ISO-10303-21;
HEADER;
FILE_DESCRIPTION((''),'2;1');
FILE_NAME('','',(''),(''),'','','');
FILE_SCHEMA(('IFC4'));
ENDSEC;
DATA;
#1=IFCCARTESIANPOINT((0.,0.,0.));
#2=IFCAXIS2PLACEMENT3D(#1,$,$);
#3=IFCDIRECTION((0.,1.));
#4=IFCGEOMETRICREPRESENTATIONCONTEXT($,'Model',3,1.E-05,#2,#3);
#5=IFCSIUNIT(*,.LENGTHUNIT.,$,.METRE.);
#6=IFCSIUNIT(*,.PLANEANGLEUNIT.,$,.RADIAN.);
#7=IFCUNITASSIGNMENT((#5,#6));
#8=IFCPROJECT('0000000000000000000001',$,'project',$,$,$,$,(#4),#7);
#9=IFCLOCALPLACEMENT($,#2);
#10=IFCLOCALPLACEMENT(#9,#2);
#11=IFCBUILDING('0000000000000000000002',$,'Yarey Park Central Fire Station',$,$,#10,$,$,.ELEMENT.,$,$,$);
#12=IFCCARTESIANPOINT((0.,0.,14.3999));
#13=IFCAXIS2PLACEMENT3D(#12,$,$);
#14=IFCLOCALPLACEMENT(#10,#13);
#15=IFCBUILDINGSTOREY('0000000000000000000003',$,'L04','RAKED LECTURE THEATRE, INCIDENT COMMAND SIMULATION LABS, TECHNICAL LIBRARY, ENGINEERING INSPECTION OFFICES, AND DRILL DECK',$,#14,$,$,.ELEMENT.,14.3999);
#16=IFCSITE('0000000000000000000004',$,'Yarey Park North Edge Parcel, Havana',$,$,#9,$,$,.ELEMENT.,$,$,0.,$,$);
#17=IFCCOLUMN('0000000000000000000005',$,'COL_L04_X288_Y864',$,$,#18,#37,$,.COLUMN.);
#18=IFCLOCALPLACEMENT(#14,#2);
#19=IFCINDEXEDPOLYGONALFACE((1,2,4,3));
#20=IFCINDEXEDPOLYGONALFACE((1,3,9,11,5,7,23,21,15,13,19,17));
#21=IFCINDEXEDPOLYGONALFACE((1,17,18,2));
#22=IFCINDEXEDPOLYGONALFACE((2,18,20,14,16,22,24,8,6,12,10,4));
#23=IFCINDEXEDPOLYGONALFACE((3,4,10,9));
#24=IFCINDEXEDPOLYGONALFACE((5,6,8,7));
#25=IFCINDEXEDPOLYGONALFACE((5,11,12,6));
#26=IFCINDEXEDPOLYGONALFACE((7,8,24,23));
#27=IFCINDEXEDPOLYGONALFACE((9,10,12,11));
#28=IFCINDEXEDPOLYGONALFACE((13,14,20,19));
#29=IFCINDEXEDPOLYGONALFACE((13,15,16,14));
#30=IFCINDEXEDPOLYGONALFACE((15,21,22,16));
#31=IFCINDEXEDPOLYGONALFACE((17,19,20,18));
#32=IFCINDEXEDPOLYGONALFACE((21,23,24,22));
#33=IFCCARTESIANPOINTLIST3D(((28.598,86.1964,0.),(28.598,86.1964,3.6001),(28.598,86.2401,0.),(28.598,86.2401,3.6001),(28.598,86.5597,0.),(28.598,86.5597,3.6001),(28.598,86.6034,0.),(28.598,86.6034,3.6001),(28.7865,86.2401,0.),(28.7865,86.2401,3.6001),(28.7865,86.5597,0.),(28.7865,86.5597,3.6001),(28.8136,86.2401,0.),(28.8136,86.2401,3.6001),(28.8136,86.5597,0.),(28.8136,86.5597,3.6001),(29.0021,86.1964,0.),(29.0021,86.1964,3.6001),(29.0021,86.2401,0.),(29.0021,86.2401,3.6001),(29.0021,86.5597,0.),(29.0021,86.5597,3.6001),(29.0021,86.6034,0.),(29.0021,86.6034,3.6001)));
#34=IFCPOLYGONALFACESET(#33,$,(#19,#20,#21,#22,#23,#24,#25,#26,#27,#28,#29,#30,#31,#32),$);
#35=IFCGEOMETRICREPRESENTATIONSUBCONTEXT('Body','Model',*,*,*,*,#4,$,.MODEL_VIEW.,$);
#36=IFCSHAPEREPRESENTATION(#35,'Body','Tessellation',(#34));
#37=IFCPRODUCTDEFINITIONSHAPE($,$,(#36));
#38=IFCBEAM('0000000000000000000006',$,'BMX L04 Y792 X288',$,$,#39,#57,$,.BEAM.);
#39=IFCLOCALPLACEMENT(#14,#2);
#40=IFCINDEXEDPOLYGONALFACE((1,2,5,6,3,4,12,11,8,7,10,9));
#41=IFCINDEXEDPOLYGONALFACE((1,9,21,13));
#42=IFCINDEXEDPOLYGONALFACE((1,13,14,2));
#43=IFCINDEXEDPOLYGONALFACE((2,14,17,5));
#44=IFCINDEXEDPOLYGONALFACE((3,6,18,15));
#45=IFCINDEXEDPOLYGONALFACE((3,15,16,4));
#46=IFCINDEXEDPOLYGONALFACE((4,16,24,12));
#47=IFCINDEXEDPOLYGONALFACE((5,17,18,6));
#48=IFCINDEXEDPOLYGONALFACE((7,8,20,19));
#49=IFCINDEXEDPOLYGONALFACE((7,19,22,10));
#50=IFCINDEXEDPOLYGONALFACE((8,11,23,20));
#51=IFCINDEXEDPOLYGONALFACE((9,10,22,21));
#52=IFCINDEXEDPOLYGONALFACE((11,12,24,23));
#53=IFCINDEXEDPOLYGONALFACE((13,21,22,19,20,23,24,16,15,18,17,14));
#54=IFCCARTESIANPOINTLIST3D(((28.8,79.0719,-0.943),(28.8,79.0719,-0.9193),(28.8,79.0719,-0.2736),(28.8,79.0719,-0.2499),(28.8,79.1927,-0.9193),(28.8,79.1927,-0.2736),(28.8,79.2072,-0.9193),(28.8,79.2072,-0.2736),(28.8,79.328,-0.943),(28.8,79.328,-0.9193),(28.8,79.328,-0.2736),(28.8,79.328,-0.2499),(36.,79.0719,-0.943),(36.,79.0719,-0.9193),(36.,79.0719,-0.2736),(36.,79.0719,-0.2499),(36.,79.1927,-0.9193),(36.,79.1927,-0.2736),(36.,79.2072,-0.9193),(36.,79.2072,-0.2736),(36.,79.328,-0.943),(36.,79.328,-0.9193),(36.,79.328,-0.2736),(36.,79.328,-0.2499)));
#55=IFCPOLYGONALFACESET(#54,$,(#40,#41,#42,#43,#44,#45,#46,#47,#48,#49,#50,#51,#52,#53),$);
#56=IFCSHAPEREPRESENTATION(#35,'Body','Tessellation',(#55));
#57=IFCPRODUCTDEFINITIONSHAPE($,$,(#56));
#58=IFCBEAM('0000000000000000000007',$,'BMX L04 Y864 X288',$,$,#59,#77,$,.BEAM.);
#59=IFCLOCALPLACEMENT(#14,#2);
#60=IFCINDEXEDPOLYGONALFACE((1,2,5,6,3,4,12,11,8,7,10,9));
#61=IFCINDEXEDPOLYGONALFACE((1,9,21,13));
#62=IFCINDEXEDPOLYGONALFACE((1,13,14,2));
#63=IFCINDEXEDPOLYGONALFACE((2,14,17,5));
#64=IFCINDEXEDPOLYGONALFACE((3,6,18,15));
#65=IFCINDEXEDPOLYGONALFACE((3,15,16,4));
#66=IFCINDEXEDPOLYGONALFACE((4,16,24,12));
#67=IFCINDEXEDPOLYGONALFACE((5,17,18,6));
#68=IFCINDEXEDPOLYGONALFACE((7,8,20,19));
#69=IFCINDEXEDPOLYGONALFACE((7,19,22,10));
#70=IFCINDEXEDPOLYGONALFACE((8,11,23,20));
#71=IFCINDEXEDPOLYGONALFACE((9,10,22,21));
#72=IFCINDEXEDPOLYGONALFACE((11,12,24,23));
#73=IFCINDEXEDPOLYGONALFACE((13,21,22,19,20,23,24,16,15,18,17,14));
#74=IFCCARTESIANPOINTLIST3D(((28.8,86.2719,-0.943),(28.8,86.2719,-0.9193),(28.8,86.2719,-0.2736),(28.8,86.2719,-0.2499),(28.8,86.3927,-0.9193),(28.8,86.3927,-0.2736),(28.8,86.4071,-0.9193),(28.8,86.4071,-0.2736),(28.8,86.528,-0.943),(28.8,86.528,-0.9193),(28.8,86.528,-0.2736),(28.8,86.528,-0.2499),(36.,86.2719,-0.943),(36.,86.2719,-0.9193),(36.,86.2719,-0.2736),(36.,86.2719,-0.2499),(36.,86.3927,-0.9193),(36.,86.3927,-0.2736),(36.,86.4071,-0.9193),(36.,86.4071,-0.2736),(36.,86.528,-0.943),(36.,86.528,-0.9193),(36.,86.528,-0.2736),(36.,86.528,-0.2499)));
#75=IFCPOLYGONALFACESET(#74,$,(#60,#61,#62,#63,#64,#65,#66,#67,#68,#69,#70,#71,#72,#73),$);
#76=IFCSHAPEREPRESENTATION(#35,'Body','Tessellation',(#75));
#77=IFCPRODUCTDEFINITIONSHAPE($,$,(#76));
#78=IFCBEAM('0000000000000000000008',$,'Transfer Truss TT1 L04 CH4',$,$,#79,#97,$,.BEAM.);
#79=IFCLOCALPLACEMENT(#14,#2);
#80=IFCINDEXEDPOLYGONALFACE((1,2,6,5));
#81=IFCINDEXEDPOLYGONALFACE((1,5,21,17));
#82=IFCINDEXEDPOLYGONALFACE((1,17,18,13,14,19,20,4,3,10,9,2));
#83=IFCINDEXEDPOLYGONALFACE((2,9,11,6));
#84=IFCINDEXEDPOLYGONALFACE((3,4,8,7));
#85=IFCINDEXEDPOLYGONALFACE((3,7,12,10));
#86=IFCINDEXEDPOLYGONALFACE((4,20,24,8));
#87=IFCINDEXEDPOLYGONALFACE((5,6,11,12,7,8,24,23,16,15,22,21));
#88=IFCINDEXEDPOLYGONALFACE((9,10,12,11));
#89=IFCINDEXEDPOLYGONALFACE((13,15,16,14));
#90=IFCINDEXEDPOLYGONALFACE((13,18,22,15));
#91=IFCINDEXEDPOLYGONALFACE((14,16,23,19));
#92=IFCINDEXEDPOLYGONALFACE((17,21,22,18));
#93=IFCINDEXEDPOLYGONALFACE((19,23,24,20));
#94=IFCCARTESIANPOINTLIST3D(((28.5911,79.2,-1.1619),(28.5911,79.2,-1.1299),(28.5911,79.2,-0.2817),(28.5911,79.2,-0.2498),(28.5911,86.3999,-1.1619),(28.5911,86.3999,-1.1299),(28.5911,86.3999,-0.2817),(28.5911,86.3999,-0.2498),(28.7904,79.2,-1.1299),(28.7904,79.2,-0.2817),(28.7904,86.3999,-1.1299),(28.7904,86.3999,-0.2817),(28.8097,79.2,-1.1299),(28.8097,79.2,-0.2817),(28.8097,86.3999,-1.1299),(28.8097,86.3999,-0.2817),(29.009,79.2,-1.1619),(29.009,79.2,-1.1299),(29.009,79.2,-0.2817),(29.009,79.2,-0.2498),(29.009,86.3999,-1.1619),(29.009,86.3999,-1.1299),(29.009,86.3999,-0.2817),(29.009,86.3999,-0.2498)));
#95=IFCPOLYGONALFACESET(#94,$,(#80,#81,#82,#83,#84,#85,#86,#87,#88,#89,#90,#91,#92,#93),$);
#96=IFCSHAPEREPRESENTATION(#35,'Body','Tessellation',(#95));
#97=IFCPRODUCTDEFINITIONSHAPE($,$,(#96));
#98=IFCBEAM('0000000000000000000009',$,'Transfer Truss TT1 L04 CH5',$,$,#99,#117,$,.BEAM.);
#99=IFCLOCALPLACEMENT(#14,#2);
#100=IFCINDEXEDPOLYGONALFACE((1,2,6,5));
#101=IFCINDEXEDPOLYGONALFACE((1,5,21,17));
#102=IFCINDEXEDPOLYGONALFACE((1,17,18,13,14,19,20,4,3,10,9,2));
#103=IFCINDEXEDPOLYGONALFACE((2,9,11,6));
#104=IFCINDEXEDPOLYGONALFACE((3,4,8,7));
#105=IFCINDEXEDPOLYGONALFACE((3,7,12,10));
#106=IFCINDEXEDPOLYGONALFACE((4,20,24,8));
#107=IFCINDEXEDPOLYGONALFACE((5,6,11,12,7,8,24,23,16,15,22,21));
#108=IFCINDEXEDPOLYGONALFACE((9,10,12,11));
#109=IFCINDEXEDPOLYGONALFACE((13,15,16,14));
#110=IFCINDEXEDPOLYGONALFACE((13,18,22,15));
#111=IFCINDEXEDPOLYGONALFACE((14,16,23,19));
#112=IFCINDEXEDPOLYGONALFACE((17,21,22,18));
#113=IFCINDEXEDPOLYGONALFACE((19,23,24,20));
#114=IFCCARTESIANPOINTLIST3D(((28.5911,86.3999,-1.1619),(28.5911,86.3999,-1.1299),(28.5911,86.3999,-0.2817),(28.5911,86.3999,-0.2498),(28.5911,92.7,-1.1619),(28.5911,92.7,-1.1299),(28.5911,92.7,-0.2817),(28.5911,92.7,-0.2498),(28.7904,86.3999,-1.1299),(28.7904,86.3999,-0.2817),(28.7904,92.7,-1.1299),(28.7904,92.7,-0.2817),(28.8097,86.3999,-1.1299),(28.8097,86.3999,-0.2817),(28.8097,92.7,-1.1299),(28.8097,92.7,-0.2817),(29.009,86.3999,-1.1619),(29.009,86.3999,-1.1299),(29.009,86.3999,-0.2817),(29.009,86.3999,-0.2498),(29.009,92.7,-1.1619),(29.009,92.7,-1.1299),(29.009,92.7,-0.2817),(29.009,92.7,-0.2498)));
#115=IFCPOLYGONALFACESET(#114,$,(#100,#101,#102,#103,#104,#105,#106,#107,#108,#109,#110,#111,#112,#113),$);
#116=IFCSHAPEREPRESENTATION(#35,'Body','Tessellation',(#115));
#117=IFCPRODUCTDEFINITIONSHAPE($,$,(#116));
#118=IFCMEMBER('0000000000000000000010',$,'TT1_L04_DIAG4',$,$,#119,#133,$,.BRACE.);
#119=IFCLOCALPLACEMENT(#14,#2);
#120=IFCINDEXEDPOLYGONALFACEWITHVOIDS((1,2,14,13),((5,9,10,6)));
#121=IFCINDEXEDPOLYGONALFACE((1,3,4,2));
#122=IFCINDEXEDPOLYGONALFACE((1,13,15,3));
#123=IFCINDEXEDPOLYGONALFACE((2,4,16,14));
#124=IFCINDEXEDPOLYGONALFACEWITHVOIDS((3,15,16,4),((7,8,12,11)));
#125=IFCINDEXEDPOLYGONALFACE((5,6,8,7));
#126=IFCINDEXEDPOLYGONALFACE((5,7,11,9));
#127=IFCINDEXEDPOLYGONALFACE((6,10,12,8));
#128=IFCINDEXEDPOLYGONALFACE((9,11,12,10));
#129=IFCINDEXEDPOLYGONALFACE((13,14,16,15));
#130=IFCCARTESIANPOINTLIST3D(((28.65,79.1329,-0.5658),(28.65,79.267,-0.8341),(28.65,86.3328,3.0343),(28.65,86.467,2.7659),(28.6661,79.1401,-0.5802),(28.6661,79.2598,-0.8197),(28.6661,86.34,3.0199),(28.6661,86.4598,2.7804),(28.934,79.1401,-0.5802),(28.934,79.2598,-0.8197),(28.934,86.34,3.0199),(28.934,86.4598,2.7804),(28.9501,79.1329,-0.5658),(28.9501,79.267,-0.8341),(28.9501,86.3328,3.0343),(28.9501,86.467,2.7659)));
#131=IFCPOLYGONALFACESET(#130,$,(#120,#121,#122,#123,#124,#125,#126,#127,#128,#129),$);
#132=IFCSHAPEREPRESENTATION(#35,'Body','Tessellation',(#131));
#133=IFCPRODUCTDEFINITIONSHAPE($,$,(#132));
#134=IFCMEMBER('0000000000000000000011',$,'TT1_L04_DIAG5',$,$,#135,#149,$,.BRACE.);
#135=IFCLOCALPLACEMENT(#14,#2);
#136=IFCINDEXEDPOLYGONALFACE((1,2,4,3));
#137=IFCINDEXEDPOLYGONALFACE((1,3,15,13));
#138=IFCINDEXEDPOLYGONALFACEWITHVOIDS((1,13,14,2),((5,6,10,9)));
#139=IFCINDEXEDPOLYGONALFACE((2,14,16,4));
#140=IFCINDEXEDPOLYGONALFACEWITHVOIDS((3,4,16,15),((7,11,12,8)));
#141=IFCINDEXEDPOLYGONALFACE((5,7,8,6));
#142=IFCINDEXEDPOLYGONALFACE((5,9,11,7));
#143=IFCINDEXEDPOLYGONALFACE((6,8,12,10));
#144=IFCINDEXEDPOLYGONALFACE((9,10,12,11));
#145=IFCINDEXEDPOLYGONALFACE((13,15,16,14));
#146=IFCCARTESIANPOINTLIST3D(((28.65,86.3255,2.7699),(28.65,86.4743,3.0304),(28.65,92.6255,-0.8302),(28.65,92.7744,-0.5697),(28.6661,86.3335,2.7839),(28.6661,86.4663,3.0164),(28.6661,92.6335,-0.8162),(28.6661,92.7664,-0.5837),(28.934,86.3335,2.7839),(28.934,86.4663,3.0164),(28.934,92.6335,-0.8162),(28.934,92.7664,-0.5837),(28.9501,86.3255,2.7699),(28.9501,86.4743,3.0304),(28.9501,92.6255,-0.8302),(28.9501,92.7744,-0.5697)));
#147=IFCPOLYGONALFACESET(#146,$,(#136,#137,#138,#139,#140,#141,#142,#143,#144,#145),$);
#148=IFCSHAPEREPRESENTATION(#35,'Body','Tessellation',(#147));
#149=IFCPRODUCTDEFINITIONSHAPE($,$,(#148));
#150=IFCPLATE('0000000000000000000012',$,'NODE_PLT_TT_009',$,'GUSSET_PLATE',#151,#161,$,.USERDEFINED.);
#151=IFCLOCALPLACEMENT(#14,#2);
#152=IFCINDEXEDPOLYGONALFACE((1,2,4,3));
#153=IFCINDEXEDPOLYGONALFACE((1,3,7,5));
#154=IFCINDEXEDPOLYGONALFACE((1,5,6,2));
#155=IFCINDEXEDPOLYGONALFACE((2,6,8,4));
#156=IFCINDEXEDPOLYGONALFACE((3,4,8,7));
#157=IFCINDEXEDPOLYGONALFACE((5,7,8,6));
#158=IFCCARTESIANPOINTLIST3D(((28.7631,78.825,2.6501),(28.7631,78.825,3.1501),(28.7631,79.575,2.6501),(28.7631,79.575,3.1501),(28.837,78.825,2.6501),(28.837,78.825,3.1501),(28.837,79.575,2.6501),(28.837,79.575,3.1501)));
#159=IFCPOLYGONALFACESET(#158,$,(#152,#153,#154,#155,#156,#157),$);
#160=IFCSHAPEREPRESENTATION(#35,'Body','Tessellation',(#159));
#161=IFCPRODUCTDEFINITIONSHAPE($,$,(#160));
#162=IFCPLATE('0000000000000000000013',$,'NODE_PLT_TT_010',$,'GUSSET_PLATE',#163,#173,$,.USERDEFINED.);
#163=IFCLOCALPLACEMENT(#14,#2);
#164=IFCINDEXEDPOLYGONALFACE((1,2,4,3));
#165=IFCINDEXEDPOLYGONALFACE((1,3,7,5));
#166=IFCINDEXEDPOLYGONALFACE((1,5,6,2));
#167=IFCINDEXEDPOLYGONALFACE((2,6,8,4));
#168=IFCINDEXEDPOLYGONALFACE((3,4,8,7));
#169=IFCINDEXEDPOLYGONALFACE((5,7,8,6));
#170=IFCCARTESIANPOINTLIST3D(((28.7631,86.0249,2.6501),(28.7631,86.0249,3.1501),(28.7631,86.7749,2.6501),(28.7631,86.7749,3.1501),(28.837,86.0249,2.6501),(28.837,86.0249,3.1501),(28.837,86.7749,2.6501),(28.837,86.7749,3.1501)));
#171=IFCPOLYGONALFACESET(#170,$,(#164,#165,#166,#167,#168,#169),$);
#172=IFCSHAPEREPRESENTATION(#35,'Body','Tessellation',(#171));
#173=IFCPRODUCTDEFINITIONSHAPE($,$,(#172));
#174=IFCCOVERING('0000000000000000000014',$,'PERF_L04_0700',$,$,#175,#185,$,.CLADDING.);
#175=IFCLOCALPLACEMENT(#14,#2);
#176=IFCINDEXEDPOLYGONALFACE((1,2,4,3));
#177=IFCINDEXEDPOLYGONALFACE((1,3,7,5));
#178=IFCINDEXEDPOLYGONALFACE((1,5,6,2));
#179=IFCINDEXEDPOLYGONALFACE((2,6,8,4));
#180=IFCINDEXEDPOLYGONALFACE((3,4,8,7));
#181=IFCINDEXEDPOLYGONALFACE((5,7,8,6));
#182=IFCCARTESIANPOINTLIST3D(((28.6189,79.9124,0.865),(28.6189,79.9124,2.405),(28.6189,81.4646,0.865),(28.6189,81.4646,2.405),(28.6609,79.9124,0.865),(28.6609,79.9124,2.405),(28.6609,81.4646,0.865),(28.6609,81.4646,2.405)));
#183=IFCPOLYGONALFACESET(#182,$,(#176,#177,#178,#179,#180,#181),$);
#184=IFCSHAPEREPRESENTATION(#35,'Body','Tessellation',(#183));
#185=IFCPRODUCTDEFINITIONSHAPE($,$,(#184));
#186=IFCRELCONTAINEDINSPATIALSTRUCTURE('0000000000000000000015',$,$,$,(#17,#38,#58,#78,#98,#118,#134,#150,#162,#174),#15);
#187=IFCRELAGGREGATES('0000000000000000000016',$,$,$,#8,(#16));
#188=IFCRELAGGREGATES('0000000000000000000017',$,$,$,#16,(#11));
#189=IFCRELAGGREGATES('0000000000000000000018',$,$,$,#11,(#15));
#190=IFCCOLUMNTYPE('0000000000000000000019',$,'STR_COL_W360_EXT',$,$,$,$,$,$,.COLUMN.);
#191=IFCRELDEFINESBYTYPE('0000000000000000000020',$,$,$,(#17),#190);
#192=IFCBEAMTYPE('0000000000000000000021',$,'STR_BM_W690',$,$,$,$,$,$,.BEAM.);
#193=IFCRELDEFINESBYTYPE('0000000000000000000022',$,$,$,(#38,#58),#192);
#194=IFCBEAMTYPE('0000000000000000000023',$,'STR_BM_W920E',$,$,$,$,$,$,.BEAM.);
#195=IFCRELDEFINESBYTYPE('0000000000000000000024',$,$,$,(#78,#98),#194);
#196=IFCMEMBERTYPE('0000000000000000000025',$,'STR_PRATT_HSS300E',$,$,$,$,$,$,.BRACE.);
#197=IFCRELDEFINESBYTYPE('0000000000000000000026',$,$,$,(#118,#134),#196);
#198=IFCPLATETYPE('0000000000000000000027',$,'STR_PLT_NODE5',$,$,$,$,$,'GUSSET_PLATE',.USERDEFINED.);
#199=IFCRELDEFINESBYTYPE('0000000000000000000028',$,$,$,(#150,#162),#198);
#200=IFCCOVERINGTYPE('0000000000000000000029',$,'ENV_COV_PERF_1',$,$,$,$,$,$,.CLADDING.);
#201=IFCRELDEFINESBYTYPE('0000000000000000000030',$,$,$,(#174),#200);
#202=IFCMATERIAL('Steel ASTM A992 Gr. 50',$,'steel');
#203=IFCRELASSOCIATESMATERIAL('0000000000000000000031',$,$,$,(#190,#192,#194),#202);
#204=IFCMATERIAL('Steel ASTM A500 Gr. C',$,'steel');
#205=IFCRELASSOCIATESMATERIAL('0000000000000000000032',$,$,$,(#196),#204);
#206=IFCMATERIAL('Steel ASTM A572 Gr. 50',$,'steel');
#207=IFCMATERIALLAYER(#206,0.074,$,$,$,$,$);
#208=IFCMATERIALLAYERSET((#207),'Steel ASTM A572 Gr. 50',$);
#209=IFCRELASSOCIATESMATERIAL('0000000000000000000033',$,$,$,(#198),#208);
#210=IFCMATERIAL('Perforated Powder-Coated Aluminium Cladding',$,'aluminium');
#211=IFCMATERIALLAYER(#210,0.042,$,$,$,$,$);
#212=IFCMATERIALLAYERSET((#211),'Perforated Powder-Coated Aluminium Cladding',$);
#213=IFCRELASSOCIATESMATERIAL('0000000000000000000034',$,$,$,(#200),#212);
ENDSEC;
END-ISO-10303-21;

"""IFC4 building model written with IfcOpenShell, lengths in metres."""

from ifc_helpers import new_model, si_unit, direction, frame, origin, origin_2d, place, context, subcontext, project, spatial, rectangle, hollow_rectangle, i_section, extrude, material, layer, layer_set, material_profile, profile_set, type_object, element, save


model = new_model("IFC4")

# Units and contexts
model_context = context("Model", 3, precision=1e-05, world=origin(), true_north=direction((0.0, 1.0)))
body_context = subcontext(model_context, "Body", "Model", "MODEL_VIEW")
ifc_project = project(units=[si_unit("LENGTHUNIT", "METRE"), si_unit("PLANEANGLEUNIT", "RADIAN")], contexts=[model_context])

# Site, building, storey
site_placement = place(None, origin())
site = spatial("IfcSite", under=ifc_project, at=site_placement, Name="Yarey Park North Edge Parcel, Havana", CompositionType="ELEMENT", RefElevation=0.0)
building_placement = place(site_placement, origin())
building = spatial("IfcBuilding", under=site, at=building_placement, Name="Yarey Park Central Fire Station", CompositionType="ELEMENT")
storey_placement = place(building_placement, frame((0.0, 0.0, 14.3999)))
storey = spatial("IfcBuildingStorey", under=building, at=storey_placement, Name="L04", Description="RAKED LECTURE THEATRE, INCIDENT COMMAND SIMULATION LABS, TECHNICAL LIBRARY, ENGINEERING INSPECTION OFFICES, AND DRILL DECK", CompositionType="ELEMENT", Elevation=14.3999)

# Column
ifc_material_1 = material(Name="Steel ASTM A992 Gr. 50", Category="steel")
ifc_material_profile_1 = material_profile(ifc_material_1, i_section(OverallWidth=0.4041, OverallDepth=0.407, WebThickness=0.0271, FlangeThickness=0.0437, at=origin_2d()), Name="W360x347")
ifc_profile_set_1 = profile_set([ifc_material_profile_1], Name="Steel ASTM A992 Gr. 50")
column_type = type_object("IfcColumnType", Name="STR_COL_W360_EXT", PredefinedType="COLUMN", material=ifc_profile_set_1)
column_placement = place(storey_placement, frame((28.8, 86.3999, 0.0), z_axis=(0.0, 0.0, 1.0), x_axis=(1.0, 0.0, 0.0)))
element("IfcColumn", 1, at=column_placement, inside=storey, type_object=column_type, Name="COL_L04_X288_Y864", PredefinedType="COLUMN", context=body_context, shape_type="SweptSolid", body=[
    extrude(i_section(OverallWidth=0.4041, OverallDepth=0.407, WebThickness=0.0271, FlangeThickness=0.0437, at=origin_2d()), origin(), (0.0, 0.0, 1.0), 3.6001),
])

# Beams
ifc_material_profile_2 = material_profile(ifc_material_1, i_section(OverallWidth=0.2561, OverallDepth=0.6931, WebThickness=0.0144, FlangeThickness=0.0237, at=origin_2d()), Name="W690x170")
ifc_profile_set_2 = profile_set([ifc_material_profile_2], Name="Steel ASTM A992 Gr. 50")
beam_type_1 = type_object("IfcBeamType", Name="STR_BM_W690", PredefinedType="BEAM", material=ifc_profile_set_2)
for number, where, z_axis, x_axis, name in (
    (2, (28.8, 79.2, -0.5964), (1.0, 0.0, 0.0), (0.0, 1.0, 0.0), "BMX L04 Y792 X288"),
    (3, (28.8, 86.3999, -0.5964), (1.0, 0.0, 0.0), (0.0, 1.0, 0.0), "BMX L04 Y864 X288"),
):
    element("IfcBeam", number, at=place(storey_placement, frame(where, z_axis=z_axis, x_axis=x_axis)), inside=storey, type_object=beam_type_1, Name=name, PredefinedType="BEAM", context=body_context, shape_type="SweptSolid", body=[
        extrude(i_section(OverallWidth=0.2561, OverallDepth=0.6931, WebThickness=0.0144, FlangeThickness=0.0237, at=origin_2d()), origin(), (0.0, 0.0, 1.0), 7.2),
    ])
ifc_material_profile_3 = material_profile(ifc_material_1, i_section(OverallWidth=0.418, OverallDepth=0.9121, WebThickness=0.0193, FlangeThickness=0.032, at=origin_2d()), Name="W920x342")
ifc_profile_set_3 = profile_set([ifc_material_profile_3], Name="Steel ASTM A992 Gr. 50")
beam_type_2 = type_object("IfcBeamType", Name="STR_BM_W920E", PredefinedType="BEAM", material=ifc_profile_set_3)
beam_1_placement = place(storey_placement, frame((28.8, 79.2, -0.7058), z_axis=(0.0, 1.0, 0.0), x_axis=(-1.0, 0.0, 0.0)))
element("IfcBeam", 4, at=beam_1_placement, inside=storey, type_object=beam_type_2, Name="Transfer Truss TT1 L04 CH4", PredefinedType="BEAM", context=body_context, shape_type="SweptSolid", body=[
    extrude(i_section(OverallWidth=0.418, OverallDepth=0.9121, WebThickness=0.0193, FlangeThickness=0.032, at=origin_2d()), origin(), (0.0, 0.0, 1.0), 7.2),
])
beam_2_placement = place(storey_placement, frame((28.8, 86.3999, -0.7058), z_axis=(0.0, 1.0, 0.0), x_axis=(-1.0, 0.0, 0.0)))
element("IfcBeam", 5, at=beam_2_placement, inside=storey, type_object=beam_type_2, Name="Transfer Truss TT1 L04 CH5", PredefinedType="BEAM", context=body_context, shape_type="SweptSolid", body=[
    extrude(i_section(OverallWidth=0.418, OverallDepth=0.9121, WebThickness=0.0193, FlangeThickness=0.032, at=origin_2d()), origin(), (0.0, 0.0, 1.0), 6.3),
])

# Members
ifc_material_2 = material(Name="Steel ASTM A500 Gr. C", Category="steel")
ifc_material_profile_4 = material_profile(ifc_material_2, hollow_rectangle(XDim=0.3, YDim=0.3, WallThickness=0.0161, at=origin_2d()), Name="HSS 300x300x16")
ifc_profile_set_4 = profile_set([ifc_material_profile_4], Name="Steel ASTM A500 Gr. C")
member_type = type_object("IfcMemberType", Name="STR_PRATT_HSS300E", PredefinedType="BRACE", material=ifc_profile_set_4)
member_1_placement = place(storey_placement, frame((28.8, 79.2, -0.7), z_axis=(0.0, 0.894421, 0.447226), x_axis=(-1.0, 0.0, 0.0)))
element("IfcMember", 6, at=member_1_placement, inside=storey, type_object=member_type, Name="TT1_L04_DIAG4", PredefinedType="BRACE", context=body_context, shape_type="SweptSolid", body=[
    extrude(hollow_rectangle(XDim=0.3, YDim=0.3, WallThickness=0.0161, at=origin_2d()), origin(), (0.0, 0.0, 1.0), 8.0498),
])
member_2_placement = place(storey_placement, frame((28.8, 86.3999, 2.9001), z_axis=(0.0, 0.868239, -0.496146), x_axis=(-1.0, 0.0, 0.0)))
element("IfcMember", 7, at=member_2_placement, inside=storey, type_object=member_type, Name="TT1_L04_DIAG5", PredefinedType="BRACE", context=body_context, shape_type="SweptSolid", body=[
    extrude(hollow_rectangle(XDim=0.3, YDim=0.3, WallThickness=0.0161, at=origin_2d()), origin(), (0.0, 0.0, 1.0), 7.2561),
])

# Plates
ifc_material_3 = material(Name="Steel ASTM A572 Gr. 50", Category="steel")
ifc_layer_1 = layer(ifc_material_3, 0.074)
ifc_layer_set_1 = layer_set([ifc_layer_1], Name="Steel ASTM A572 Gr. 50")
plate_type = type_object("IfcPlateType", Name="STR_PLT_NODE5", ElementType="GUSSET_PLATE", PredefinedType="USERDEFINED", material=ifc_layer_set_1)
for number, where, z_axis, x_axis, name in (
    (8, (28.8, 79.2, 2.6501), (0.0, 0.0, 1.0), (1.0, 0.0, 0.0), "NODE_PLT_TT_009"),
    (9, (28.8, 86.3999, 2.6501), (0.0, 0.0, 1.0), (1.0, 0.0, 0.0), "NODE_PLT_TT_010"),
):
    element("IfcPlate", number, at=place(storey_placement, frame(where, z_axis=z_axis, x_axis=x_axis)), inside=storey, type_object=plate_type, Name=name, ObjectType="GUSSET_PLATE", PredefinedType="USERDEFINED", context=body_context, shape_type="SweptSolid", body=[
        extrude(rectangle(XDim=0.074, YDim=0.75, at=origin_2d()), origin(), (0.0, 0.0, 1.0), 0.5),
    ])

# Covering
ifc_material_4 = material(Name="Perforated Powder-Coated Aluminium Cladding", Category="aluminium")
ifc_layer_2 = layer(ifc_material_4, 0.042)
ifc_layer_set_2 = layer_set([ifc_layer_2], Name="Perforated Powder-Coated Aluminium Cladding")
covering_type_1 = type_object("IfcCoveringType", Name="ENV_COV_PERF_1", PredefinedType="CLADDING", material=ifc_layer_set_2)
covering_1_placement = place(storey_placement, frame((28.6399, 80.6885, 0.865), z_axis=(0.0, 0.0, 1.0), x_axis=(0.0, 1.0, 0.0)))
element("IfcCovering", 10, at=covering_1_placement, inside=storey, type_object=covering_type_1, Name="PERF_L04_0700", PredefinedType="CLADDING", context=body_context, shape_type="SweptSolid", body=[
    extrude(rectangle(XDim=1.5522, YDim=0.042, at=origin_2d()), origin(), (0.0, 0.0, 1.0), 1.54),
])

save(model, "model.ifc")
